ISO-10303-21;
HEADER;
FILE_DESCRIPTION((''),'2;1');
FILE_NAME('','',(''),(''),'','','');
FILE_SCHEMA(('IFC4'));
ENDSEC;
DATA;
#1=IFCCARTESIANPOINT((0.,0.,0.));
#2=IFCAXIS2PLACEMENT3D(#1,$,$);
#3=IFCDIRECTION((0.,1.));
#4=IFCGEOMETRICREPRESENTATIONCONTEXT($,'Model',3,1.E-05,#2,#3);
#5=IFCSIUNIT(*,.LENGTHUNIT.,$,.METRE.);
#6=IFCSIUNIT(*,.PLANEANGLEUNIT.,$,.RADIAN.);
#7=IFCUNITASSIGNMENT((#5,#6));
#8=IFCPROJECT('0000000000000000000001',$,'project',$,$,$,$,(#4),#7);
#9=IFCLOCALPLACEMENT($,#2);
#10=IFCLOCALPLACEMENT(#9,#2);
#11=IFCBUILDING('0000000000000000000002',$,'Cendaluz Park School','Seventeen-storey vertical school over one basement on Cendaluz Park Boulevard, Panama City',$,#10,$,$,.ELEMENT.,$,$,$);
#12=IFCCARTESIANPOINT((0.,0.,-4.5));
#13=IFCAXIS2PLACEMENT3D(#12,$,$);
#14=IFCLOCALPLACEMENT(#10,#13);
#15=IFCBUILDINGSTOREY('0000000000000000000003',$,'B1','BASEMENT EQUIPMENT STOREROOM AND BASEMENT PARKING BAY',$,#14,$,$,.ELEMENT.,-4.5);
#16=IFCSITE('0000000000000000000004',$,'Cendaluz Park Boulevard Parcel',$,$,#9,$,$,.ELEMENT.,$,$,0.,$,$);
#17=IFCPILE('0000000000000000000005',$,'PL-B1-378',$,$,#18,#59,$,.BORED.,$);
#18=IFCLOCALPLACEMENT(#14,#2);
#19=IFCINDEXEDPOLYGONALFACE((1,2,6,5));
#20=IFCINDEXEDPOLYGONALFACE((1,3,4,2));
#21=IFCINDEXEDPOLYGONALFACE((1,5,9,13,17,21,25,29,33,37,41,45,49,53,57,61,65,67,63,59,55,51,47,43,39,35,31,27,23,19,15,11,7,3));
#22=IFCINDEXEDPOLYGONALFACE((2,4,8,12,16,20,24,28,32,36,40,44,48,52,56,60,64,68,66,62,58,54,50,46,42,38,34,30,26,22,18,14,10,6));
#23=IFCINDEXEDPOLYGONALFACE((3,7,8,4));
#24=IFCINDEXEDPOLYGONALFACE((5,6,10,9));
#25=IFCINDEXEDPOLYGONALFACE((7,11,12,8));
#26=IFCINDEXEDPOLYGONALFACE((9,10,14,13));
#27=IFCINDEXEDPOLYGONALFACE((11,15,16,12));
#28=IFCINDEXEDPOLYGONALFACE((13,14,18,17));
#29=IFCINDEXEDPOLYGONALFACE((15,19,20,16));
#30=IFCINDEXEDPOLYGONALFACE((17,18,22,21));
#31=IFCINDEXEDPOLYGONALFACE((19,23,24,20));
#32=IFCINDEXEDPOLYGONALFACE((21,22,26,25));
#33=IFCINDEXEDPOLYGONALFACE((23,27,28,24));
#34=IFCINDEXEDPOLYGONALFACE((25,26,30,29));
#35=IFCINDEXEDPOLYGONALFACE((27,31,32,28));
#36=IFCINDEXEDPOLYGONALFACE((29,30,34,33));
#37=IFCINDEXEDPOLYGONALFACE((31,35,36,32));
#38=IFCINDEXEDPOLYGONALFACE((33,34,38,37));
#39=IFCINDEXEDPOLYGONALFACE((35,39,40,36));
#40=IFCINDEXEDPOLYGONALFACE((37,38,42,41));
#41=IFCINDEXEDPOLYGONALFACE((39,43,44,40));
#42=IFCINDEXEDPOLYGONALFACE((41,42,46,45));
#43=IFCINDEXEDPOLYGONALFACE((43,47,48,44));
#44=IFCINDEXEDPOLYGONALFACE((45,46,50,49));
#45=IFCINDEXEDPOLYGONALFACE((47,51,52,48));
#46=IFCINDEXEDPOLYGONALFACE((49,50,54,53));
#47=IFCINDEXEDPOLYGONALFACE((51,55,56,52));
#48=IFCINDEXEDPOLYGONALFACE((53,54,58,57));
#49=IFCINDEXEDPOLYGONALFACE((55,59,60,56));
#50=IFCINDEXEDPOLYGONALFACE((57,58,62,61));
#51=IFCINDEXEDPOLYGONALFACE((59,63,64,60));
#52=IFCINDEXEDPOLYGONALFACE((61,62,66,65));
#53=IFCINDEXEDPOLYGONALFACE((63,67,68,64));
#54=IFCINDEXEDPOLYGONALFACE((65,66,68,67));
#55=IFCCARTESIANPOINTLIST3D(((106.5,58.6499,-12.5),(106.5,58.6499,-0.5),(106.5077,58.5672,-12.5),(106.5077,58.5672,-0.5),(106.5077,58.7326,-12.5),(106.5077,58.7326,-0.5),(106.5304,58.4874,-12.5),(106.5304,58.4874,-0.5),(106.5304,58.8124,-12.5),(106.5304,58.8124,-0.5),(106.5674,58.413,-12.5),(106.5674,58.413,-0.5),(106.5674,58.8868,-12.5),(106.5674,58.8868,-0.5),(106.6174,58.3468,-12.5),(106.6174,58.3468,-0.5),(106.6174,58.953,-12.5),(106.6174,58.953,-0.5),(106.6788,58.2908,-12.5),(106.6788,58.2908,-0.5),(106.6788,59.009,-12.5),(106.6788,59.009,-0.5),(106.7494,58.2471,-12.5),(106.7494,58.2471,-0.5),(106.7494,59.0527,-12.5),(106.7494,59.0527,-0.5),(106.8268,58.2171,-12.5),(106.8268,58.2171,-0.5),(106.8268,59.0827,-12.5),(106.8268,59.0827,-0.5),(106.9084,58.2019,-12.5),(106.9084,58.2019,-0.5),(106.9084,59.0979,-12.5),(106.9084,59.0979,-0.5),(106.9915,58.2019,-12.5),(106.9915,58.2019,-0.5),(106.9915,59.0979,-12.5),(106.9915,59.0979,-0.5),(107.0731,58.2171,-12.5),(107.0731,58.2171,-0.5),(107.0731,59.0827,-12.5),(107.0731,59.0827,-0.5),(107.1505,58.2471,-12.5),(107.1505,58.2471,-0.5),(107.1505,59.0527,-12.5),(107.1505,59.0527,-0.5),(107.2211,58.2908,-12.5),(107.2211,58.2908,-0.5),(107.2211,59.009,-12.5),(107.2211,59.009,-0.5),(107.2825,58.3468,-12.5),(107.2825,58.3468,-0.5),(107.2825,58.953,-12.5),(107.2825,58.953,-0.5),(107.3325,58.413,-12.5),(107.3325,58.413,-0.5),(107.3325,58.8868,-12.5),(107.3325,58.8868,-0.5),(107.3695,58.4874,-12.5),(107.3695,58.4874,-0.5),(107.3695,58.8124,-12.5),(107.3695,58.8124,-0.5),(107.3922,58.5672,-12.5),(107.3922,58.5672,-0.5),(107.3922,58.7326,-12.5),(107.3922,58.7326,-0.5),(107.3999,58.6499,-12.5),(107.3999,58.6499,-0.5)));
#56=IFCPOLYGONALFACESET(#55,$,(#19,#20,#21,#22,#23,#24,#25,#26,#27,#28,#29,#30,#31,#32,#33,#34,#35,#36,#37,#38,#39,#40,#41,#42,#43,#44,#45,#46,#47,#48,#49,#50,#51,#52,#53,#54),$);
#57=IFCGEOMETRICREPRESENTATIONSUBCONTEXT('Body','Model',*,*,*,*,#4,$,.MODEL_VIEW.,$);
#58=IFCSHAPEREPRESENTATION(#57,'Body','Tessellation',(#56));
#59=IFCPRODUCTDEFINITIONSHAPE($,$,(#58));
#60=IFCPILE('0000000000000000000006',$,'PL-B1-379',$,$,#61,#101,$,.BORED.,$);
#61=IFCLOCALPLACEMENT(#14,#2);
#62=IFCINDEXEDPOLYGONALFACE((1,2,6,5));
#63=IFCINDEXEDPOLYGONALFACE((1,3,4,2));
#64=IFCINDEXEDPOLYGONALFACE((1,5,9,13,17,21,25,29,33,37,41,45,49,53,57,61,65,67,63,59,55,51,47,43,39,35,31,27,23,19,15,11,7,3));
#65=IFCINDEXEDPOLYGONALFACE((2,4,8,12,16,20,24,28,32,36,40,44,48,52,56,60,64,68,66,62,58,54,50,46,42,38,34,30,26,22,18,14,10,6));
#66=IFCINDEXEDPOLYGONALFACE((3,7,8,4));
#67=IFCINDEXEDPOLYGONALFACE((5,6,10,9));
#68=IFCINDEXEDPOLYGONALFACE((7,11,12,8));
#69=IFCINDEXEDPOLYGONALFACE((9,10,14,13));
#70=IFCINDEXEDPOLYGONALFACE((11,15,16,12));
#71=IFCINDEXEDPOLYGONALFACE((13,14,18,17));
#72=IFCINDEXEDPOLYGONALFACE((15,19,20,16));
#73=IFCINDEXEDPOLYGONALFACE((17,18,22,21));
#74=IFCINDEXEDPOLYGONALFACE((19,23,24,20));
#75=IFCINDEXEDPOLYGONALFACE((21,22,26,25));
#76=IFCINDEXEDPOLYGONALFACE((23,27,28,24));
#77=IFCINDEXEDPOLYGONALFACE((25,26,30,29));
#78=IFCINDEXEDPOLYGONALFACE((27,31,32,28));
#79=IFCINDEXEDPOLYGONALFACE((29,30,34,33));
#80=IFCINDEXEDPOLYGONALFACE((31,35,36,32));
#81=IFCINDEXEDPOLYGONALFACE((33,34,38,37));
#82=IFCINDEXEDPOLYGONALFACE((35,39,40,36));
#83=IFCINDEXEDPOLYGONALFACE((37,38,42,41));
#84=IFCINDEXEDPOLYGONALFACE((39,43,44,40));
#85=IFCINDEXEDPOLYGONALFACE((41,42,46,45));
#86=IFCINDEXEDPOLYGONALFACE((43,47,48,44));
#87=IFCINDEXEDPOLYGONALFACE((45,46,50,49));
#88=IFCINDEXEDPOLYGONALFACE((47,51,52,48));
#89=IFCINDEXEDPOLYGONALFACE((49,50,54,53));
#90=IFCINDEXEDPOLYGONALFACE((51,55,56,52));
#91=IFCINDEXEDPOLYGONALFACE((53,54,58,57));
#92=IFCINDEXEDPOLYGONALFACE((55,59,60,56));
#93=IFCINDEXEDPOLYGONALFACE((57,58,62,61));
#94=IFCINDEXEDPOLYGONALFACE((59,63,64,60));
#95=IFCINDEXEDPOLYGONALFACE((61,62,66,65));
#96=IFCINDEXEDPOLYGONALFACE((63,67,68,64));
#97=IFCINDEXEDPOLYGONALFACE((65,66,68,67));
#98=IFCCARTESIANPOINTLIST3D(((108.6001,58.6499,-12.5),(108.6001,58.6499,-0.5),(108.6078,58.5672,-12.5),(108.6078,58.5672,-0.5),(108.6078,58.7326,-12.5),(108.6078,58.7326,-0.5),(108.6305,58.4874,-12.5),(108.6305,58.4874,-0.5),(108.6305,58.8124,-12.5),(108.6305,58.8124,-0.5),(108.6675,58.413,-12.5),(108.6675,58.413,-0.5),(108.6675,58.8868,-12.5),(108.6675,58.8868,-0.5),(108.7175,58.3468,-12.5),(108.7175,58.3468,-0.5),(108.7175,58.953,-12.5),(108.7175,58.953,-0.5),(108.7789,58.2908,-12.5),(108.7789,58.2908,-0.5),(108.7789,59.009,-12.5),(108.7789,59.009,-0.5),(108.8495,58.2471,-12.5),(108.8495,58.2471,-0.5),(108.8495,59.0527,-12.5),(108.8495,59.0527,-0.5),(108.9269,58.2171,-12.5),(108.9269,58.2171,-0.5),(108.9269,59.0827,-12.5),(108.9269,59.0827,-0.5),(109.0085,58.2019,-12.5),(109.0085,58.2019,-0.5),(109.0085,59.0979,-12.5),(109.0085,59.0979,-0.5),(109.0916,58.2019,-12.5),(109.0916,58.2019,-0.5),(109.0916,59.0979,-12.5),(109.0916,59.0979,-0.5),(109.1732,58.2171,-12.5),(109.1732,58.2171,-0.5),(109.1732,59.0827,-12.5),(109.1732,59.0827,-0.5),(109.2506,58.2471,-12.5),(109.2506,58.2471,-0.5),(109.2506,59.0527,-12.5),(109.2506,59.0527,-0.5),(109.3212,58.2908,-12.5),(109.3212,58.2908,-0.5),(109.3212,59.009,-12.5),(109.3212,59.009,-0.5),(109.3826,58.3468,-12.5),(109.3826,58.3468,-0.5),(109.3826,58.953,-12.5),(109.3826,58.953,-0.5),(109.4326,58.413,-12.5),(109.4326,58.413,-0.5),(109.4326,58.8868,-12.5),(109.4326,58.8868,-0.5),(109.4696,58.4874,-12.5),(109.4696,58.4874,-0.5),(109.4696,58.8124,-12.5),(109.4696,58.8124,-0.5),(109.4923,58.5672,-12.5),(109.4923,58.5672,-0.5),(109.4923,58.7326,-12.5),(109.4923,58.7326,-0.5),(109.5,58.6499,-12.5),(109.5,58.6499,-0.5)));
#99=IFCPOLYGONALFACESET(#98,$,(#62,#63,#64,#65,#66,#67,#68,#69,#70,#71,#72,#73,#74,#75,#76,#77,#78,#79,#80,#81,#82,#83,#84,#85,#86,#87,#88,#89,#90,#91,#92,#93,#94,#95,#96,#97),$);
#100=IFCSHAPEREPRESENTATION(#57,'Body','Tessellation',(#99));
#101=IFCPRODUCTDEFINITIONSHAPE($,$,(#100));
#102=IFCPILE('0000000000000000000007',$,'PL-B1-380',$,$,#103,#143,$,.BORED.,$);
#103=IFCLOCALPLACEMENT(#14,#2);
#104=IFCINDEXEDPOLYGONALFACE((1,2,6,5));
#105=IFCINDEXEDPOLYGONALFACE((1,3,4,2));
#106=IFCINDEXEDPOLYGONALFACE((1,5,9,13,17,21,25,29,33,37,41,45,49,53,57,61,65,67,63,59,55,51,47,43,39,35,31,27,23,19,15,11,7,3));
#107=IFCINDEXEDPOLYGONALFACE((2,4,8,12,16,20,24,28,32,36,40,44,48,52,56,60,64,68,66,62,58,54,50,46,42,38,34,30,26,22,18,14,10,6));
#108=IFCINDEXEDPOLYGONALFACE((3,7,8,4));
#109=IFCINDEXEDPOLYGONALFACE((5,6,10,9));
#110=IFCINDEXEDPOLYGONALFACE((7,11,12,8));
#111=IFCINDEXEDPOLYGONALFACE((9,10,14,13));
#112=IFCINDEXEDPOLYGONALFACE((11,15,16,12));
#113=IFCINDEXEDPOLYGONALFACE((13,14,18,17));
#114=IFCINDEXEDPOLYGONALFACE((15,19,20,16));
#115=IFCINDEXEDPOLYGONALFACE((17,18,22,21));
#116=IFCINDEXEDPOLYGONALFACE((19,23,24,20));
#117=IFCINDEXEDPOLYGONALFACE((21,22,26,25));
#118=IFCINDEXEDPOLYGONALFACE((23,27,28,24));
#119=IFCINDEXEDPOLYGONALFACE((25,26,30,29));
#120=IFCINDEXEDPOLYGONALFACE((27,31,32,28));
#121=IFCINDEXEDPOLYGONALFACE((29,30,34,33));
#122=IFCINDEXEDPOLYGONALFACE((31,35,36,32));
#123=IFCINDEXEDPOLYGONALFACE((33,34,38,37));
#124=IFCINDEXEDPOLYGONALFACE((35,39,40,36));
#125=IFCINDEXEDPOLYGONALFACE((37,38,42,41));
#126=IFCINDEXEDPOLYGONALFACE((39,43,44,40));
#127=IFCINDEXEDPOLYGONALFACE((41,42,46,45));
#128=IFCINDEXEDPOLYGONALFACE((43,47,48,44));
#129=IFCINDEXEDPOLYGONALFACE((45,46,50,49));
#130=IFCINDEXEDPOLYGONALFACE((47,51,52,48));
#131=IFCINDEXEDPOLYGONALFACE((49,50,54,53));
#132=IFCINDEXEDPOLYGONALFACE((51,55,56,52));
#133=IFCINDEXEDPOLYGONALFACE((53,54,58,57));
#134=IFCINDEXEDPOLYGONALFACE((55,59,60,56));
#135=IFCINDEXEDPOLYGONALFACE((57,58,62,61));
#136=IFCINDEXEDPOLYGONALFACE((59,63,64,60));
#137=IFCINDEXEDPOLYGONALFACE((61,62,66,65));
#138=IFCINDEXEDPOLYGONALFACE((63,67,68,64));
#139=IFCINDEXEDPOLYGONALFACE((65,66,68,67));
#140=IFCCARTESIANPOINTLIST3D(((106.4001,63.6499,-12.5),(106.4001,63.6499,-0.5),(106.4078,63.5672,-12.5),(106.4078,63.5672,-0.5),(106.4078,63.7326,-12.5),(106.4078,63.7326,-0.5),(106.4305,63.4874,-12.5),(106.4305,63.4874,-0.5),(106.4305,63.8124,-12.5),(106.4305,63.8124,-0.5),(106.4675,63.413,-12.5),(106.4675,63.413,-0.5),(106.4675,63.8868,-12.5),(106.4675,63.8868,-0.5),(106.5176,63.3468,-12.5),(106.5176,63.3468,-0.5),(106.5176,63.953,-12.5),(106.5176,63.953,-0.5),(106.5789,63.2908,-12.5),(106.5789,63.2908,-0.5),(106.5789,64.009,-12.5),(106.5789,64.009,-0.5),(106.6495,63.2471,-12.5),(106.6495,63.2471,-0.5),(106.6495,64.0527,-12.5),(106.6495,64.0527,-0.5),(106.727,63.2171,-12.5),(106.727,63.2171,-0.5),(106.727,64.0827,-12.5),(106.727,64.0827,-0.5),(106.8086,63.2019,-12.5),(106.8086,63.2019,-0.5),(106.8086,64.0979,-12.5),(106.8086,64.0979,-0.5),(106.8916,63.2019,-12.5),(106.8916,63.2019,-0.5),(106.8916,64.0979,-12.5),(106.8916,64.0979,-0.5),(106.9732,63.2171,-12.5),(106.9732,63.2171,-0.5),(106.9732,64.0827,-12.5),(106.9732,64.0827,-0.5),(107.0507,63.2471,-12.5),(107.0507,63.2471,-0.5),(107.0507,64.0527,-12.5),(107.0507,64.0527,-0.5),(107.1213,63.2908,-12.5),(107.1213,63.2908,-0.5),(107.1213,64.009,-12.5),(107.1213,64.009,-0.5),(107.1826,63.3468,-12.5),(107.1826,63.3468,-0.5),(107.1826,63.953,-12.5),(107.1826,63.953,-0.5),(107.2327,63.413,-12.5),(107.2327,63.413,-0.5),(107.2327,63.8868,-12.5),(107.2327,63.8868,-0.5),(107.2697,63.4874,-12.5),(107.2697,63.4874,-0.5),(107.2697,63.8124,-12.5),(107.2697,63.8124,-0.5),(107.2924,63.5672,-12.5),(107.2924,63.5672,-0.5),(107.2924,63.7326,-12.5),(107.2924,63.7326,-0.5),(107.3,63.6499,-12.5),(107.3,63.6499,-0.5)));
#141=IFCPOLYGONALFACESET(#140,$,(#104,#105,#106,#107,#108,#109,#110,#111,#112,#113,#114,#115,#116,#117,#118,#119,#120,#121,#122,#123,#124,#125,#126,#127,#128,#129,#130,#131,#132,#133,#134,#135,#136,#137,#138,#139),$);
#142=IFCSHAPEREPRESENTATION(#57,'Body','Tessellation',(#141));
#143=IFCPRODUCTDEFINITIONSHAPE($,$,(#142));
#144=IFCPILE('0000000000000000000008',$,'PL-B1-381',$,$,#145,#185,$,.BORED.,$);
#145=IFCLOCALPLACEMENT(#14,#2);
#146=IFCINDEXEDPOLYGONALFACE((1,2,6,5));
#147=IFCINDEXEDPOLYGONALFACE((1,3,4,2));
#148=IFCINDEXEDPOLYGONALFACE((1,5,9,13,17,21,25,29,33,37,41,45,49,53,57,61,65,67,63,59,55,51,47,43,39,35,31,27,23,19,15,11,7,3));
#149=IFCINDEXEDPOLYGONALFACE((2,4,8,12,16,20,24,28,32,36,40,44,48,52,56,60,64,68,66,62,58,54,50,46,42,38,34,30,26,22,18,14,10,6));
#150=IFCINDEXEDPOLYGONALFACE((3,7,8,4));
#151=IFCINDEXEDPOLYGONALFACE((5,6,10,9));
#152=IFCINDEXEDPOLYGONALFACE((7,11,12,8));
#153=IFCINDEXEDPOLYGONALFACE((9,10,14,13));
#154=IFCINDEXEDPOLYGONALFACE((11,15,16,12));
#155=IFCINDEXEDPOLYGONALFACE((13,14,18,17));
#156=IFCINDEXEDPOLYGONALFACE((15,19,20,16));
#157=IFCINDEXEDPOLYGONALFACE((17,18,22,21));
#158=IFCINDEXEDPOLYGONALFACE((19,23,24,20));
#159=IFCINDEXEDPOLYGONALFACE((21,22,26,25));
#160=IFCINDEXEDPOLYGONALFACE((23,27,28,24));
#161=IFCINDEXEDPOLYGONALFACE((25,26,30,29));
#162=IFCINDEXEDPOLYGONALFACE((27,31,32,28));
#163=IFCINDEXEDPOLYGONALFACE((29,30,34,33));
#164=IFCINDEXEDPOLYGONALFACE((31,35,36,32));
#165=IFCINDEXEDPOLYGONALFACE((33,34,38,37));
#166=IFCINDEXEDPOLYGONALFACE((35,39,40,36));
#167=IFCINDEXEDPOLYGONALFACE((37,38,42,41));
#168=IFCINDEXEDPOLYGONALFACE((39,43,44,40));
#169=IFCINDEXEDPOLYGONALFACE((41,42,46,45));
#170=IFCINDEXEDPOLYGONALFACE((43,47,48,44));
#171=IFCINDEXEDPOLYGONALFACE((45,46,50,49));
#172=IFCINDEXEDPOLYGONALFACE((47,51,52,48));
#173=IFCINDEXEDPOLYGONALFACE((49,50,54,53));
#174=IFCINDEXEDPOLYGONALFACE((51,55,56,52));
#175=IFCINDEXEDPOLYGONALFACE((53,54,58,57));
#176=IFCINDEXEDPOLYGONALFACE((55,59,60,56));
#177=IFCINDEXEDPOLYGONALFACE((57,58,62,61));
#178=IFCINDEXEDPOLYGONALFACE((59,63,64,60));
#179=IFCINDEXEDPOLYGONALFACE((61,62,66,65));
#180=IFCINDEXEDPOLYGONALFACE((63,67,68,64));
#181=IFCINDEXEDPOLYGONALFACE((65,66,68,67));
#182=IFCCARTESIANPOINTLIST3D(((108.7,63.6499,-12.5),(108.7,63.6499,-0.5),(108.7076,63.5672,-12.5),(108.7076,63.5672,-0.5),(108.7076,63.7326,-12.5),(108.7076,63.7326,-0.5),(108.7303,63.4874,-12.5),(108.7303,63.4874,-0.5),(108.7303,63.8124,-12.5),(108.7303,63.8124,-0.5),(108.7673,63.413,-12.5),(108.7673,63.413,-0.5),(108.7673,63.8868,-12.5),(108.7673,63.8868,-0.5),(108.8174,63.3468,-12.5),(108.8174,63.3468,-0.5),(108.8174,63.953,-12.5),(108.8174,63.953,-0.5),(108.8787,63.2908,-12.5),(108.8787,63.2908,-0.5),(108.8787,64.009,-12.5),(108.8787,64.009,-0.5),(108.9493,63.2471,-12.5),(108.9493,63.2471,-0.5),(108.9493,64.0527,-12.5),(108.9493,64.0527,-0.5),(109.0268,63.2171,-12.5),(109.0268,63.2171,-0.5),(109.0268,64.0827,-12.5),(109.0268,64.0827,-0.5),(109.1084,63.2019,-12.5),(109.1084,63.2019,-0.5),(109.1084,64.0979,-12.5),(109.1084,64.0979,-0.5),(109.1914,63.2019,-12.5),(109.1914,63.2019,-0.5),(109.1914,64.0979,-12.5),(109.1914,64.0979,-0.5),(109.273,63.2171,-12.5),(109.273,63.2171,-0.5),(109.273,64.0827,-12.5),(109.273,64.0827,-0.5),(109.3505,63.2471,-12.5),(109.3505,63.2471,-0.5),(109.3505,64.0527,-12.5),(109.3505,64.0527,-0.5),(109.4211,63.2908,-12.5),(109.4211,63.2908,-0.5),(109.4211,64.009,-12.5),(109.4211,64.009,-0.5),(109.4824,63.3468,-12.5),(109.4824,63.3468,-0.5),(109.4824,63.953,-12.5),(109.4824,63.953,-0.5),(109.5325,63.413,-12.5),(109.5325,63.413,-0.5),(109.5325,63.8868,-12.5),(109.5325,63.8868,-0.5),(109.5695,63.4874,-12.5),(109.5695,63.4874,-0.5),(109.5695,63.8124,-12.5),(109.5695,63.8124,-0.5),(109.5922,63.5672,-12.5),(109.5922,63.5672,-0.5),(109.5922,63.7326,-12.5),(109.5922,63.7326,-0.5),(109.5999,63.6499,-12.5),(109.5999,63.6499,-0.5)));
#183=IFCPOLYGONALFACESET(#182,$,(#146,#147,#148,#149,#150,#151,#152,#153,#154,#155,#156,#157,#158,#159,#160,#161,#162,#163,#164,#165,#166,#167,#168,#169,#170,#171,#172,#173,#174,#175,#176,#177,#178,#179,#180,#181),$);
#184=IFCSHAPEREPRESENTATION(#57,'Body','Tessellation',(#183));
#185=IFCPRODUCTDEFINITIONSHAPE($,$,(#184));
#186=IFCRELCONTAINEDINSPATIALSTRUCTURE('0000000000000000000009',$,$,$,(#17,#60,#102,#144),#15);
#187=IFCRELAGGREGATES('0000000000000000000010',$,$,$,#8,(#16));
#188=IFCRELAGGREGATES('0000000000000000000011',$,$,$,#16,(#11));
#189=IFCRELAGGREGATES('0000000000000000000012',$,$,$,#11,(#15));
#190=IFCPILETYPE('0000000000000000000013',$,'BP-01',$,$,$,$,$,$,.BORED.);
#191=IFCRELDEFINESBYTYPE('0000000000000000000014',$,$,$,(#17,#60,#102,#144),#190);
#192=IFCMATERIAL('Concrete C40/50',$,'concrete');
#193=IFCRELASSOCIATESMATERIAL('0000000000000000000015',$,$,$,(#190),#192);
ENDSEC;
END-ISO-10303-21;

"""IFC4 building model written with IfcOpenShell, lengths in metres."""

from ifc_helpers import new_model, si_unit, direction, frame, origin, origin_2d, place, context, subcontext, project, spatial, circle, extrude, material, material_profile, profile_set, type_object, element, save


model = new_model("IFC4")

# Units and contexts
model_context = context("Model", 3, precision=1e-05, world=origin(), true_north=direction((0.0, 1.0)))
body_context = subcontext(model_context, "Body", "Model", "MODEL_VIEW")
ifc_project = project(units=[si_unit("LENGTHUNIT", "METRE"), si_unit("PLANEANGLEUNIT", "RADIAN")], contexts=[model_context])

# Site, building, storey
site_placement = place(None, origin())
site = spatial("IfcSite", under=ifc_project, at=site_placement, Name="Cendaluz Park Boulevard Parcel", CompositionType="ELEMENT", RefElevation=0.0)
building_placement = place(site_placement, origin())
building = spatial("IfcBuilding", under=site, at=building_placement, Name="Cendaluz Park School", Description="Seventeen-storey vertical school over one basement on Cendaluz Park Boulevard, Panama City", CompositionType="ELEMENT")
storey_placement = place(building_placement, frame((0.0, 0.0, -4.5)))
storey = spatial("IfcBuildingStorey", under=building, at=storey_placement, Name="B1", Description="BASEMENT EQUIPMENT STOREROOM AND BASEMENT PARKING BAY", CompositionType="ELEMENT", Elevation=-4.5)

# Piles
ifc_material_1 = material(Name="Concrete C40/50", Category="concrete")
ifc_material_profile_1 = material_profile(ifc_material_1, circle(Radius=0.45, at=origin_2d()), Name="BP D900", Category="concrete")
ifc_profile_set_1 = profile_set([ifc_material_profile_1], Name="Concrete C40/50")
pile_type = type_object("IfcPileType", Name="BP-01", PredefinedType="BORED", material=ifc_profile_set_1)
for number, where, z_axis, x_axis, name in (
    (1, (106.95, 58.6499, -0.5), (0.0, 0.0, -1.0), (1.0, 0.0, 0.0), "PL-B1-378"),
    (2, (109.05, 58.6499, -0.5), (0.0, 0.0, -1.0), (1.0, 0.0, 0.0), "PL-B1-379"),
    (3, (106.8501, 63.6499, -0.5), (0.0, 0.0, -1.0), (1.0, 0.0, 0.0), "PL-B1-380"),
    (4, (109.1499, 63.6499, -0.5), (0.0, 0.0, -1.0), (1.0, 0.0, 0.0), "PL-B1-381"),
):
    element("IfcPile", number, at=place(storey_placement, frame(where, z_axis=z_axis, x_axis=x_axis)), inside=storey, type_object=pile_type, Name=name, PredefinedType="BORED", context=body_context, shape_type="SweptSolid", body=[
        extrude(circle(Radius=0.45, at=origin_2d()), origin(), (0.0, 0.0, 1.0), 12.0),
    ])

save(model, "model.ifc")
